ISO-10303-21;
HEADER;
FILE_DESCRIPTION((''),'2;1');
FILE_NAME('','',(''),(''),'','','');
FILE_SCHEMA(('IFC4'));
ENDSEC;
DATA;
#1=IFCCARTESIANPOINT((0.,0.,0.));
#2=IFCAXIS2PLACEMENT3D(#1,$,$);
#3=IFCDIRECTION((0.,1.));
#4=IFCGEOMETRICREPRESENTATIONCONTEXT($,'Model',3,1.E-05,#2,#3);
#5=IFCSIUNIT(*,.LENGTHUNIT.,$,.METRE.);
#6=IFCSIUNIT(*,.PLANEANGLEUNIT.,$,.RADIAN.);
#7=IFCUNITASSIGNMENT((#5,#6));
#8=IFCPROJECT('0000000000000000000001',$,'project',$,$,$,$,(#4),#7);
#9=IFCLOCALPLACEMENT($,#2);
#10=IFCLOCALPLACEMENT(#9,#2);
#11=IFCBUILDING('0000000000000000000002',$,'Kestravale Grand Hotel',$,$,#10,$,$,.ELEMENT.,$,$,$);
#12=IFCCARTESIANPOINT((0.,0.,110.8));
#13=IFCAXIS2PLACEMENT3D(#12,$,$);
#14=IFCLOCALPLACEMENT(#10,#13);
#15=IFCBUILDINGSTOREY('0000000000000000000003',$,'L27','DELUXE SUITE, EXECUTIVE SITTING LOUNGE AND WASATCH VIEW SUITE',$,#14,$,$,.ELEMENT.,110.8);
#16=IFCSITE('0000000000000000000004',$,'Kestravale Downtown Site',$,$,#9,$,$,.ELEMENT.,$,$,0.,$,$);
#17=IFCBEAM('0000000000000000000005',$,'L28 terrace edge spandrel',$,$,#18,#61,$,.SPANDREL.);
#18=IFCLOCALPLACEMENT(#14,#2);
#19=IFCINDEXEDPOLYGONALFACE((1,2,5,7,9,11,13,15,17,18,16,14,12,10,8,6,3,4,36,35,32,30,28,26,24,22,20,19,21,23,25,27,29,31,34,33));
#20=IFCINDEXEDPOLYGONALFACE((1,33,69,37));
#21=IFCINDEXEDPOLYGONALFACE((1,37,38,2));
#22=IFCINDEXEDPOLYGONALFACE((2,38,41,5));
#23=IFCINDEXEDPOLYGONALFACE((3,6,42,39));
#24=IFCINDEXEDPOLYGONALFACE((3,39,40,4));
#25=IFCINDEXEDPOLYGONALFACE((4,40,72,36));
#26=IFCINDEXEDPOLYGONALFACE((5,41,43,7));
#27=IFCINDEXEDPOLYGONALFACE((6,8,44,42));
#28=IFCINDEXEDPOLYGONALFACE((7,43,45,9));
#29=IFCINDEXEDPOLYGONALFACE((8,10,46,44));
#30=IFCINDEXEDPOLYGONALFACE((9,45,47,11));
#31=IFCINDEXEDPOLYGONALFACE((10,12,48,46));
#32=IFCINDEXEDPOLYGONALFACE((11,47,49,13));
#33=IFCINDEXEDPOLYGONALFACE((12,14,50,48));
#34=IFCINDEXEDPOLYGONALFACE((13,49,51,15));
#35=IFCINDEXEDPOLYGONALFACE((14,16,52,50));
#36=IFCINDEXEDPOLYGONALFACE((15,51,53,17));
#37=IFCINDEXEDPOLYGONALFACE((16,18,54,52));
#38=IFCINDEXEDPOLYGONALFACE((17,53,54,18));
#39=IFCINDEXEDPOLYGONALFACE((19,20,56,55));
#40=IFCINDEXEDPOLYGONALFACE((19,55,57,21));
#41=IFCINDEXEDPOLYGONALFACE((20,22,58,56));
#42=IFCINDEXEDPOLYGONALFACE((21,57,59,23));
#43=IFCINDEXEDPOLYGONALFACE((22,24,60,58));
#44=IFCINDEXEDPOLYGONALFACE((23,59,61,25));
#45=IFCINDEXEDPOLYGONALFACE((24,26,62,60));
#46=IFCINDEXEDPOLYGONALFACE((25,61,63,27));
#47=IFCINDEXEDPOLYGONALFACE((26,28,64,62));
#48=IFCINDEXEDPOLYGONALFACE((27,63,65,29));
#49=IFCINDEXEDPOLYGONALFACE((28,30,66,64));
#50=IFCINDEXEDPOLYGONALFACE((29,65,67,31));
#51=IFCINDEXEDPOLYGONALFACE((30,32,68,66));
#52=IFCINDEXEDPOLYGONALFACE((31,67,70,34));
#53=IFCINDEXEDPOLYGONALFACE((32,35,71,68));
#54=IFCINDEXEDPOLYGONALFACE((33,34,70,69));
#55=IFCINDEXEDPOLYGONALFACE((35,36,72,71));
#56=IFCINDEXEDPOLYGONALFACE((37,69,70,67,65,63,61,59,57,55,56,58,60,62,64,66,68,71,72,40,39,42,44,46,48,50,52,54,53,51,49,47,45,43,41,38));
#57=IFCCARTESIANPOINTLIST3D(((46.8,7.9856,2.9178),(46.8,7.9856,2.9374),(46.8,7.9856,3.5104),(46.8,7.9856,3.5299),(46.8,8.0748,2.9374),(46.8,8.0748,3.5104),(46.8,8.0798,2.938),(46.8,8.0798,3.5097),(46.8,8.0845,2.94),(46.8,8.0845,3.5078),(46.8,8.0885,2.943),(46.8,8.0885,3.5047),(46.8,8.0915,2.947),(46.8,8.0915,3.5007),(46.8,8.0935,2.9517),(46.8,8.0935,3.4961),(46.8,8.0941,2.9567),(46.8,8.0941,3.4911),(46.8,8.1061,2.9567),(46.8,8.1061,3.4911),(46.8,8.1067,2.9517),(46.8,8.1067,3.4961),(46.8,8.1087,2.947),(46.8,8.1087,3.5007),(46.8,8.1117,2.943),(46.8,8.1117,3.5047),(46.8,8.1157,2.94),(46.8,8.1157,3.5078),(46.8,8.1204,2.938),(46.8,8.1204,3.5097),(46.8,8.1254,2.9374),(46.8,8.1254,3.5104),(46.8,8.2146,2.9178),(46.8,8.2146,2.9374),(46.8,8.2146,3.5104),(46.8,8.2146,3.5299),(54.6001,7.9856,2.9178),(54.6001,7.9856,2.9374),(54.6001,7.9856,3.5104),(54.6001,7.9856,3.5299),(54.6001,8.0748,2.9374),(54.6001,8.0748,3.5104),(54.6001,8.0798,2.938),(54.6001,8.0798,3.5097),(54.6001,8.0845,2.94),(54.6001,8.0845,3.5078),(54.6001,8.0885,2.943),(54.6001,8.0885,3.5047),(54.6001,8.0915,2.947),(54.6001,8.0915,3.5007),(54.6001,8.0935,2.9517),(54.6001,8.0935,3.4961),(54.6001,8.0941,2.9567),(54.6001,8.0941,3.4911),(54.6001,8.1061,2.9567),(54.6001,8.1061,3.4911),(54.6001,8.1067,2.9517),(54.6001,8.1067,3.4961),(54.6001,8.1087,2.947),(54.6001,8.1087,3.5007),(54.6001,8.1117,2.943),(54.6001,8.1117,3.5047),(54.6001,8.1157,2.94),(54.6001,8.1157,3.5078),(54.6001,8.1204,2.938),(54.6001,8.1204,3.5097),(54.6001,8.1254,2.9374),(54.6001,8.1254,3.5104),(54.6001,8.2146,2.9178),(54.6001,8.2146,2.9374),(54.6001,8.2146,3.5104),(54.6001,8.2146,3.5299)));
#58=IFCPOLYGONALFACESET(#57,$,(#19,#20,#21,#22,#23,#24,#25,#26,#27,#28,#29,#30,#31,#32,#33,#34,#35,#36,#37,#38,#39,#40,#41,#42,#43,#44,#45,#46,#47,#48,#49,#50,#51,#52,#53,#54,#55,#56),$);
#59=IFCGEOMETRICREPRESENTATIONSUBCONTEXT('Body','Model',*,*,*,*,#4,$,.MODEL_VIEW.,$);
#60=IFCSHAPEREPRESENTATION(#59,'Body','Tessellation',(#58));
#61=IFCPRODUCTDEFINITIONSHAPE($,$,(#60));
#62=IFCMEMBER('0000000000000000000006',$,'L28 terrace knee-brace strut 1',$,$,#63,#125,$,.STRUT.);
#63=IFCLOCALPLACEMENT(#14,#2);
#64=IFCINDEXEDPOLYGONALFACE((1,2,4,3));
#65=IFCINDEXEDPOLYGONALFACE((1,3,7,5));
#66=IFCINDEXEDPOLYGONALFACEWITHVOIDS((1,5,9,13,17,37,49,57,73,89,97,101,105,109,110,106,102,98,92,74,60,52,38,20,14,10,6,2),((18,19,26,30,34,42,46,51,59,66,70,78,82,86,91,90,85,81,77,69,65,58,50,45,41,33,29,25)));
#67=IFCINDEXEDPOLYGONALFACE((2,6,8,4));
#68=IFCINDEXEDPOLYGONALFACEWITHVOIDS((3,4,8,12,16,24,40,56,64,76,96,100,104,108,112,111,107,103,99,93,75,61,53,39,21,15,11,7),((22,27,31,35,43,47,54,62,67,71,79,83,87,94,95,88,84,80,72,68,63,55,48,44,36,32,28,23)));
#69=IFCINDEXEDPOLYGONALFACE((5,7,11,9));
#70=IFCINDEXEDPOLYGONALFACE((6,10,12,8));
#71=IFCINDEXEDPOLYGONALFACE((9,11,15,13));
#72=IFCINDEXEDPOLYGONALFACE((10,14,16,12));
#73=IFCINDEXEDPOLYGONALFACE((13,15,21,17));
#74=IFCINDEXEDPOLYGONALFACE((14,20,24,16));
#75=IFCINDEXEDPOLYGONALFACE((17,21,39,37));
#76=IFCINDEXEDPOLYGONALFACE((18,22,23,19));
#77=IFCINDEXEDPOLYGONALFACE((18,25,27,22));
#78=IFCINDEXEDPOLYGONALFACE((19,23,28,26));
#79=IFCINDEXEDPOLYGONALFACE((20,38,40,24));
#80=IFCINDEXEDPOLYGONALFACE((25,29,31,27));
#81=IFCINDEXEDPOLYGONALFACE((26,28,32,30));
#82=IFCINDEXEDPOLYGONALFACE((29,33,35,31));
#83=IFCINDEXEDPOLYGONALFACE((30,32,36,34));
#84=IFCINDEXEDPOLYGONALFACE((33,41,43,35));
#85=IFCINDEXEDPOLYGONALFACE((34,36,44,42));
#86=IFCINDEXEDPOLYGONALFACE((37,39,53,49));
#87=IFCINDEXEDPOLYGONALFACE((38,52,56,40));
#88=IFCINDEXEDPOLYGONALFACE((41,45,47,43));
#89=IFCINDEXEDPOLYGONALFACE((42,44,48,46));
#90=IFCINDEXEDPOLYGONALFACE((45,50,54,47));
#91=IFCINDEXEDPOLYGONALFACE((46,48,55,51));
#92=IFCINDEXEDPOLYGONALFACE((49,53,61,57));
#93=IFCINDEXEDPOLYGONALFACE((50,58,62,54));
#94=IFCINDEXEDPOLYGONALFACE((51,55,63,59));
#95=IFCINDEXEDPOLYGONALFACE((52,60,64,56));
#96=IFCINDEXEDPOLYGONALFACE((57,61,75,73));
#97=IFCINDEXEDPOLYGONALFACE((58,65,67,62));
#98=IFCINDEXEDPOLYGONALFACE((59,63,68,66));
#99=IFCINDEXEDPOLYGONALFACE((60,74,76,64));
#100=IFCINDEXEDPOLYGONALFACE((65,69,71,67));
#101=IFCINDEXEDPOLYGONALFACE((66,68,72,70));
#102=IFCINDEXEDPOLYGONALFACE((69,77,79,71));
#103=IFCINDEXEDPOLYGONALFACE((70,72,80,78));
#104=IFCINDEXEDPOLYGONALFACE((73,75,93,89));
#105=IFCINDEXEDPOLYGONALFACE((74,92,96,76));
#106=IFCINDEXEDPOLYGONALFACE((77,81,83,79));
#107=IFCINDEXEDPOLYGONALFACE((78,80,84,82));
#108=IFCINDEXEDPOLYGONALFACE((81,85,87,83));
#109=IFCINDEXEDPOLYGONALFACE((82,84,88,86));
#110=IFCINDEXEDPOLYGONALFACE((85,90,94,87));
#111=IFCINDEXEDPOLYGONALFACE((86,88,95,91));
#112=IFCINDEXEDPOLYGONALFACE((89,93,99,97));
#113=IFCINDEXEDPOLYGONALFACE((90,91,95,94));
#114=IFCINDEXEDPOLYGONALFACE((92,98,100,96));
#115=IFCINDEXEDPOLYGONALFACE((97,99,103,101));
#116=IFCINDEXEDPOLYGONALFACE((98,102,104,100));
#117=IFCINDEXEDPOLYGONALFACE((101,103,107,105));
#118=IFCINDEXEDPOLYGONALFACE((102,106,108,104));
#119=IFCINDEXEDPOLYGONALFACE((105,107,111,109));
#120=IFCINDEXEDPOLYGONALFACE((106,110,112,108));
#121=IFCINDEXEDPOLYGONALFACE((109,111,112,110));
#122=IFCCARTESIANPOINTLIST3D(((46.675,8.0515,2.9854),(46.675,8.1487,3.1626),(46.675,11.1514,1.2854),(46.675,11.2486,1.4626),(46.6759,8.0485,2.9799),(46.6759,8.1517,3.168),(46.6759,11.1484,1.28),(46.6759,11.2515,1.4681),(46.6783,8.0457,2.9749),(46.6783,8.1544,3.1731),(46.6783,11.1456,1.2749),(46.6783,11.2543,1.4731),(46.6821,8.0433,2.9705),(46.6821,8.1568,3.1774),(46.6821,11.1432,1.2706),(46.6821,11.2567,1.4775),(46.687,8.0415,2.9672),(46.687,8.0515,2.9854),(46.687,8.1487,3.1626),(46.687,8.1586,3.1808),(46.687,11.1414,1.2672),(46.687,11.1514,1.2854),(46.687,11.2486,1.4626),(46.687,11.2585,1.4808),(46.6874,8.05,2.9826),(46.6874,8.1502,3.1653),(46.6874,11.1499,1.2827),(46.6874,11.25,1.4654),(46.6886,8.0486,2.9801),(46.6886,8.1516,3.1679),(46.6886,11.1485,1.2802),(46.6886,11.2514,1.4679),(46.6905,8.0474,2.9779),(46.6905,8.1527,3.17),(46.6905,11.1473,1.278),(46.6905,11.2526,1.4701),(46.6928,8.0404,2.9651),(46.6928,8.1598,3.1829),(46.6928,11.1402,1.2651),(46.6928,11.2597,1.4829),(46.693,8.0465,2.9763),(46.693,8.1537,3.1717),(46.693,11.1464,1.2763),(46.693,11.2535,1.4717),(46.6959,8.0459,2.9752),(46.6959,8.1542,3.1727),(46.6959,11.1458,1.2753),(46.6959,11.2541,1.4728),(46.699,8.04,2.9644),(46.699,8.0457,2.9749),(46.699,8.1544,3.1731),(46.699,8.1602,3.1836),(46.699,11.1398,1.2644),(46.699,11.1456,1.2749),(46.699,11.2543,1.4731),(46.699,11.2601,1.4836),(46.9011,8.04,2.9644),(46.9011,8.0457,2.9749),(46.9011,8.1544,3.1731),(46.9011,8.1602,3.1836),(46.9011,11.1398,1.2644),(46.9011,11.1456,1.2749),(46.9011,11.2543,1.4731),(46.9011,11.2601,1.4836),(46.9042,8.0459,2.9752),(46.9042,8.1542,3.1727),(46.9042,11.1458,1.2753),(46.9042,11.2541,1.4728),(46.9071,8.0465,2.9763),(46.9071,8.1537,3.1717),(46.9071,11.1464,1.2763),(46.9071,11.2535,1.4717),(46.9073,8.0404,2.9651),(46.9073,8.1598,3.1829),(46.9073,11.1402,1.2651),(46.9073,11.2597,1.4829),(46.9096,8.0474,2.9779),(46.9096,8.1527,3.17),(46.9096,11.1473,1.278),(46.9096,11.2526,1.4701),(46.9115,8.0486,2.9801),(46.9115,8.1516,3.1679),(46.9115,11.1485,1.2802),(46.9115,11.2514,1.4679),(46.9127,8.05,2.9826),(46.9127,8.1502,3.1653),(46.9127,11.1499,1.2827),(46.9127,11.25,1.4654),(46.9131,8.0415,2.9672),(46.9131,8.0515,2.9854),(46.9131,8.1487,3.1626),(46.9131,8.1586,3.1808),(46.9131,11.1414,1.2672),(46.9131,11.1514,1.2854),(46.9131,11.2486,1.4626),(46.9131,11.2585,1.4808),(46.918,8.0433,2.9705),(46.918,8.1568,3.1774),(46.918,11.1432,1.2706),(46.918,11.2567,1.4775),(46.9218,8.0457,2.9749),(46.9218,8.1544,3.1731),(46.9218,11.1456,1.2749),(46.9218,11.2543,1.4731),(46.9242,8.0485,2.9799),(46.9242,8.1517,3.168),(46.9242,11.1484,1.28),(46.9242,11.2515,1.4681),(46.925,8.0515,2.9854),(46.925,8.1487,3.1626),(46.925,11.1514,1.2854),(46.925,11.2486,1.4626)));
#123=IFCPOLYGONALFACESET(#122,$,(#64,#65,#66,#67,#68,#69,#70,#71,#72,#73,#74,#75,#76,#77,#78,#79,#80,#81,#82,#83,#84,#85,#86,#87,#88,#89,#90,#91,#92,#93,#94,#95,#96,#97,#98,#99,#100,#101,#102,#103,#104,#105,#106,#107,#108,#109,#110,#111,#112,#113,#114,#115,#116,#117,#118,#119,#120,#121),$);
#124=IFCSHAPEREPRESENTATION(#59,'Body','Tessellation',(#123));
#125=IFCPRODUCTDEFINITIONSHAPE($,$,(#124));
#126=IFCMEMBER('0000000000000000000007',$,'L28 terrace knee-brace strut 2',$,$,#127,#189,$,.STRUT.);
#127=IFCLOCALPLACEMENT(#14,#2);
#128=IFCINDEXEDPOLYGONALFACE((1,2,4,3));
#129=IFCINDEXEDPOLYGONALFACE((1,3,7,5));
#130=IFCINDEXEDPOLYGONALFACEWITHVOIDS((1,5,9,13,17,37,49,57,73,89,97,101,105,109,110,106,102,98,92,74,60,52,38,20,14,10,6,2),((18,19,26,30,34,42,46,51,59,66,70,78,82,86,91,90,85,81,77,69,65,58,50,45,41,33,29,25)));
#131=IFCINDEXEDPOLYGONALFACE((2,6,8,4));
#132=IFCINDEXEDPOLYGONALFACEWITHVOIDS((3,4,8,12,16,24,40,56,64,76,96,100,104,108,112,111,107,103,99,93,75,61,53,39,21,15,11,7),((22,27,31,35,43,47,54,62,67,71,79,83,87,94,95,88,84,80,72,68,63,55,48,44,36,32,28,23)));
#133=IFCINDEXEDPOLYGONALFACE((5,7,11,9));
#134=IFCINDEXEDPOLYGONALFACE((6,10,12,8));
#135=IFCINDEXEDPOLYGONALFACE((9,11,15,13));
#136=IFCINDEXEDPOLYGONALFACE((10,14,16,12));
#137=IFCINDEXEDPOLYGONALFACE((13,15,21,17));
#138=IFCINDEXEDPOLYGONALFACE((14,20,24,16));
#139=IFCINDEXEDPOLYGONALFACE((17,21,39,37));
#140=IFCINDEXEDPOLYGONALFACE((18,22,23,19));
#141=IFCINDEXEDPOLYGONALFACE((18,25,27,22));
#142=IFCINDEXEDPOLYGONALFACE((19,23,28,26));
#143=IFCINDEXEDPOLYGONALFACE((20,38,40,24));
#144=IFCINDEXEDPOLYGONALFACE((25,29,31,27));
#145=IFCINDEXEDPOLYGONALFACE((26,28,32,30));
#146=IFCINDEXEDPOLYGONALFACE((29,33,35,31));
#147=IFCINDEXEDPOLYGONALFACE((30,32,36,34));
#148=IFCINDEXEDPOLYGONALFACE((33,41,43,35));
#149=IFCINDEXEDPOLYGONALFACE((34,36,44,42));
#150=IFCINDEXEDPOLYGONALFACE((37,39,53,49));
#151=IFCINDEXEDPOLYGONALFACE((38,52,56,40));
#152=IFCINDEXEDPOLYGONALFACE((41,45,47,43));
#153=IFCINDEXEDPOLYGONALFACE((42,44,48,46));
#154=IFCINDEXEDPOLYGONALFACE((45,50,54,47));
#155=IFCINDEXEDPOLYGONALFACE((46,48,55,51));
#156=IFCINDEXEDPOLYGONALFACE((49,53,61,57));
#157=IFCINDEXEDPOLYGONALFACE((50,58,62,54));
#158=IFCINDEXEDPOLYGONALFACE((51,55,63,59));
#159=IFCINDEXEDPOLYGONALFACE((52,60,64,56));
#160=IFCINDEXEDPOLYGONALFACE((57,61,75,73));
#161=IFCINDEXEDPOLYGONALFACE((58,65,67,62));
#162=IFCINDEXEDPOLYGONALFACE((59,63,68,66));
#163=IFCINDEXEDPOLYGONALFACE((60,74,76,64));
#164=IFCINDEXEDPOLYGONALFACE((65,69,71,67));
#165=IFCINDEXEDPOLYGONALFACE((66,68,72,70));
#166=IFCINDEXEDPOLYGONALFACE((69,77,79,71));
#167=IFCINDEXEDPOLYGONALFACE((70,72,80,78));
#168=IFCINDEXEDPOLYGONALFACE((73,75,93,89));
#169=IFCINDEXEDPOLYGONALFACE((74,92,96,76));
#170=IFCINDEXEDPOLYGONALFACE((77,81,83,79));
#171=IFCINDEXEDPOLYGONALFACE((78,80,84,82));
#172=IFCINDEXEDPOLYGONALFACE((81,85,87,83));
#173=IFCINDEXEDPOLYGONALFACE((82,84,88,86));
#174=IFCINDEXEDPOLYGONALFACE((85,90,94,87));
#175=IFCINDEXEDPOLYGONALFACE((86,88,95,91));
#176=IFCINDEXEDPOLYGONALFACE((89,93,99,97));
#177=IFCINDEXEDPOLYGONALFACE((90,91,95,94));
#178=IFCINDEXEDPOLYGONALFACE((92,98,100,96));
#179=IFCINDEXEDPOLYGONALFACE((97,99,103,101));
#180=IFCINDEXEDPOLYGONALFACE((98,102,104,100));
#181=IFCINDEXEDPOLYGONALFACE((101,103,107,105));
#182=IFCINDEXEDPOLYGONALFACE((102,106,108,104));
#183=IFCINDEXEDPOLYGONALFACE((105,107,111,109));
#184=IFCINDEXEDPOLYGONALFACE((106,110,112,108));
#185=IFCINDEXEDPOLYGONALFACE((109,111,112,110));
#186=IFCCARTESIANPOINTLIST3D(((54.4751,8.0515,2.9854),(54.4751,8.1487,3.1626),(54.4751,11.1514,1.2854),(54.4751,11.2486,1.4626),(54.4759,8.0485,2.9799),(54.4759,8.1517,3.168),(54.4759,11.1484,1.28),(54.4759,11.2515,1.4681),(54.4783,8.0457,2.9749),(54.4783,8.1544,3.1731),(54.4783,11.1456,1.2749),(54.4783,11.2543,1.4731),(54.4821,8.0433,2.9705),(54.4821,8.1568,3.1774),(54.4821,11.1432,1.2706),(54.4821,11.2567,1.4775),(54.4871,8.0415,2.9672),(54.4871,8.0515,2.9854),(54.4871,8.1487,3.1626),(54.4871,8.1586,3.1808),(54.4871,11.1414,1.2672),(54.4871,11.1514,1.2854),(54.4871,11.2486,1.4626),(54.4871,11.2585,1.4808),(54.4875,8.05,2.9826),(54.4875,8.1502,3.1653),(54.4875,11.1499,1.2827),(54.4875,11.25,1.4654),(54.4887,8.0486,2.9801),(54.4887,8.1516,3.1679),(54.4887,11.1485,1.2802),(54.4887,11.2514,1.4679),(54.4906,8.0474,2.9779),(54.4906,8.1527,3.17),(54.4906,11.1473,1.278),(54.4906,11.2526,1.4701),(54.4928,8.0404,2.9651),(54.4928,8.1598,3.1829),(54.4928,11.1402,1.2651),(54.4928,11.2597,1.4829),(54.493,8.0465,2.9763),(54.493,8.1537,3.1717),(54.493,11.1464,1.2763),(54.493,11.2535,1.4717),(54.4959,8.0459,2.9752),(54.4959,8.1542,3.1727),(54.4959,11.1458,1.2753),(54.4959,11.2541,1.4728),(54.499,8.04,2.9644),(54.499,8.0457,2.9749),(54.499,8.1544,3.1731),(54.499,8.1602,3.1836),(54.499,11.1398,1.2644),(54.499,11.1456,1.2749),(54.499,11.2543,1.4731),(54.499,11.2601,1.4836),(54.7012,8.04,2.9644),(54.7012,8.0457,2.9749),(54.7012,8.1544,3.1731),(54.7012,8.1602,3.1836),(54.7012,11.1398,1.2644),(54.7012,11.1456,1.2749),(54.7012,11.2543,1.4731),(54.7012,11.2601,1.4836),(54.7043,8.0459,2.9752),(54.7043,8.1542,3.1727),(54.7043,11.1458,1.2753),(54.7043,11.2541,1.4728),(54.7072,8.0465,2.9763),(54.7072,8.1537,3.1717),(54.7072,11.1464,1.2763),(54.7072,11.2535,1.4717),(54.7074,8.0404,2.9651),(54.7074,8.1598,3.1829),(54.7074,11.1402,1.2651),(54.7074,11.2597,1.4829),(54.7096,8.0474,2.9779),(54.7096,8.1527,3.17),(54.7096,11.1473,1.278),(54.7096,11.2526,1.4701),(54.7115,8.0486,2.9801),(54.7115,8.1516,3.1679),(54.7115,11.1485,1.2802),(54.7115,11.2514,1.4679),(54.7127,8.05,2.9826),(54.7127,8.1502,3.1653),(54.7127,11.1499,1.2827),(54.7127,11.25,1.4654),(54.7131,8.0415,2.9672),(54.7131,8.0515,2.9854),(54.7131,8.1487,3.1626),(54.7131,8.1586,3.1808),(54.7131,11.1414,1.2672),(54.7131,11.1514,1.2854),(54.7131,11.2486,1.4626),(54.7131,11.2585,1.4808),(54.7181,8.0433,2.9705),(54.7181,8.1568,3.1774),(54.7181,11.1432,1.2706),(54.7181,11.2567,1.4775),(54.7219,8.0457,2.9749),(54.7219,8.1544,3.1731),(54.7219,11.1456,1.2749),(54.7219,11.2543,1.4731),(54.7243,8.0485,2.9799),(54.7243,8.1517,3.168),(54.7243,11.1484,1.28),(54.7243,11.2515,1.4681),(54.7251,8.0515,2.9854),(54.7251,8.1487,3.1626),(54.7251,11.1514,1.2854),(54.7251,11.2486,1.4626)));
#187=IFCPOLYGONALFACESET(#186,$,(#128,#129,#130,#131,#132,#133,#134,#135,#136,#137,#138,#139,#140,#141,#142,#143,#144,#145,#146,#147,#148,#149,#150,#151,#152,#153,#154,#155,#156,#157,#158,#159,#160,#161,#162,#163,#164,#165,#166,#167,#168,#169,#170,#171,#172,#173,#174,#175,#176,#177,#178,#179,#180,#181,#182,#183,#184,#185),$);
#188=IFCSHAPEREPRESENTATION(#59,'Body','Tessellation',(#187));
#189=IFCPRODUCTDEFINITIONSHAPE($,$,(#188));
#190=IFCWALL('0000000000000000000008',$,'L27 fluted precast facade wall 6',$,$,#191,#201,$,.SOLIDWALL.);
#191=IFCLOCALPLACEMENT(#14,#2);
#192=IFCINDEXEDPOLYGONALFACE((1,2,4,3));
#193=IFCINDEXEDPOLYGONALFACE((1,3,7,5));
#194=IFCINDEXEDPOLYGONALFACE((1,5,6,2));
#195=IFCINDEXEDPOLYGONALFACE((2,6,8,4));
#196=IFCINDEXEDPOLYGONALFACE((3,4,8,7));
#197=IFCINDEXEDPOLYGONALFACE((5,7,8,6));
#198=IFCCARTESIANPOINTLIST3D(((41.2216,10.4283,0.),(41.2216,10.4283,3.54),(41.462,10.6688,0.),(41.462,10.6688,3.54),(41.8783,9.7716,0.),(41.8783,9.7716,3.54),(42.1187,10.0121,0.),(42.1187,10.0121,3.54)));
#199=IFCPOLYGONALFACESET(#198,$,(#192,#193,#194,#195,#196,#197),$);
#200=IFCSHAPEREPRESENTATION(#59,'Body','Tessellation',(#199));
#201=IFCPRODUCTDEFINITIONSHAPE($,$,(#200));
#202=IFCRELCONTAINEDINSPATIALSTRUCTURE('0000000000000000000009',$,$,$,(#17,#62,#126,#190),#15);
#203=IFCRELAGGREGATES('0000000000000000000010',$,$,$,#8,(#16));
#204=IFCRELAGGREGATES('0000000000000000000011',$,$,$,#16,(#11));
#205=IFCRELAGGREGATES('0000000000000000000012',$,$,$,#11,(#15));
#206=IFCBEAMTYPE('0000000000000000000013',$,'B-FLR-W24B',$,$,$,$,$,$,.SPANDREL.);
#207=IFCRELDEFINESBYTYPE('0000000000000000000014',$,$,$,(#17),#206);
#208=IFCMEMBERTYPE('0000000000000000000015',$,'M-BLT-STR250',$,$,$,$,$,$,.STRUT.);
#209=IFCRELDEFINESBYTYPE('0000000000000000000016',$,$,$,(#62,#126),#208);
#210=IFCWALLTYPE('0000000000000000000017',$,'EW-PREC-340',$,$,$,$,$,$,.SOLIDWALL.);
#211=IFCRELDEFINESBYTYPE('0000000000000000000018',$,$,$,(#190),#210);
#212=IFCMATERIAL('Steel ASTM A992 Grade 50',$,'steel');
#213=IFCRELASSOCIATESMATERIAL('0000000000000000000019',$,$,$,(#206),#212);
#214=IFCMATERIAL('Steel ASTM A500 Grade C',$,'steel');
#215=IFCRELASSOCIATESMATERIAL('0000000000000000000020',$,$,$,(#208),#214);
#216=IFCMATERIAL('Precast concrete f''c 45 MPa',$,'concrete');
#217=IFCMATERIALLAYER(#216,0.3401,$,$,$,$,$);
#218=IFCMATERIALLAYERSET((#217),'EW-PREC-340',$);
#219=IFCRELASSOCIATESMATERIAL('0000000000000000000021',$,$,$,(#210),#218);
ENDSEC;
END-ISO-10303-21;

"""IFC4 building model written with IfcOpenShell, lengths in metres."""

from ifc_helpers import new_model, si_unit, direction, frame, frame_2d, origin, origin_2d, place, context, subcontext, project, spatial, rectangle, hollow_rectangle, i_section, extrude, material, layer, layer_set, material_profile, profile_set, type_object, element, save


model = new_model("IFC4")

# Units and contexts
model_context = context("Model", 3, precision=1e-05, world=origin(), true_north=direction((0.0, 1.0)))
body_context = subcontext(model_context, "Body", "Model", "MODEL_VIEW")
ifc_project = project(units=[si_unit("LENGTHUNIT", "METRE"), si_unit("PLANEANGLEUNIT", "RADIAN")], contexts=[model_context])

# Site, building, storey
site_placement = place(None, origin())
site = spatial("IfcSite", under=ifc_project, at=site_placement, Name="Kestravale Downtown Site", CompositionType="ELEMENT", RefElevation=0.0)
building_placement = place(site_placement, origin())
building = spatial("IfcBuilding", under=site, at=building_placement, Name="Kestravale Grand Hotel", CompositionType="ELEMENT")
storey_placement = place(building_placement, frame((0.0, 0.0, 110.8)))
storey = spatial("IfcBuildingStorey", under=building, at=storey_placement, Name="L27", Description="DELUXE SUITE, EXECUTIVE SITTING LOUNGE AND WASATCH VIEW SUITE", CompositionType="ELEMENT", Elevation=110.8)

# Beam
ifc_material_1 = material(Name="Steel ASTM A992 Grade 50", Category="steel")
ifc_material_profile_1 = material_profile(ifc_material_1, i_section(OverallWidth=0.229, OverallDepth=0.6121, WebThickness=0.012, FlangeThickness=0.0195, FilletRadius=0.0193, at=origin_2d()))
ifc_profile_set_1 = profile_set([ifc_material_profile_1], Name="Steel ASTM A992 Grade 50")
beam_type_1 = type_object("IfcBeamType", Name="B-FLR-W24B", PredefinedType="SPANDREL", material=ifc_profile_set_1)
beam_1_placement = place(storey_placement, frame((46.8, 8.1001, 3.2239), z_axis=(1.0, 0.0, 0.0), x_axis=(0.0, 1.0, 0.0)))
element("IfcBeam", 1, at=beam_1_placement, inside=storey, type_object=beam_type_1, Name="L28 terrace edge spandrel", PredefinedType="SPANDREL", context=body_context, shape_type="SweptSolid", body=[
    extrude(i_section(OverallWidth=0.229, OverallDepth=0.6121, WebThickness=0.012, FlangeThickness=0.0195, FilletRadius=0.0193, at=origin_2d()), origin(), (0.0, 0.0, 1.0), 7.8),
])

# Members
ifc_material_2 = material(Name="Steel ASTM A500 Grade C", Category="steel")
ifc_material_profile_2 = material_profile(ifc_material_2, hollow_rectangle(XDim=0.25, YDim=0.25, WallThickness=0.012, InnerFilletRadius=0.012, OuterFilletRadius=0.0239, at=origin_2d()))
ifc_profile_set_2 = profile_set([ifc_material_profile_2], Name="Steel ASTM A500 Grade C")
member_type = type_object("IfcMemberType", Name="M-BLT-STR250", PredefinedType="STRUT", material=ifc_profile_set_2)
for number, where, z_axis, x_axis, name in (
    (2, (46.8, 11.2, 1.374), (0.0, -0.876809, 0.480839), (1.0, 0.0, 0.0), "L28 terrace knee-brace strut 1"),
    (3, (54.6001, 11.2, 1.374), (0.0, -0.876809, 0.480839), (1.0, 0.0, 0.0), "L28 terrace knee-brace strut 2"),
):
    element("IfcMember", number, at=place(storey_placement, frame(where, z_axis=z_axis, x_axis=x_axis)), inside=storey, type_object=member_type, Name=name, PredefinedType="STRUT", context=body_context, shape_type="SweptSolid", body=[
        extrude(hollow_rectangle(XDim=0.25, YDim=0.25, WallThickness=0.012, InnerFilletRadius=0.012, OuterFilletRadius=0.0239, at=origin_2d()), origin(), (0.0, 0.0, 1.0), 3.5354),
    ])

# Wall
ifc_material_3 = material(Name="Precast concrete f'c 45 MPa", Category="concrete")
ifc_layer_1 = layer(ifc_material_3, 0.3401)
ifc_layer_set_1 = layer_set([ifc_layer_1], Name="EW-PREC-340")
wall_type_1 = type_object("IfcWallType", Name="EW-PREC-340", PredefinedType="SOLIDWALL", material=ifc_layer_set_1)
wall_1_placement = place(storey_placement, frame((41.3418, 10.5486, 0.0), z_axis=(0.0, 0.0, 1.0), x_axis=(0.707107, -0.707107, 0.0)))
element("IfcWall", 4, at=wall_1_placement, inside=storey, type_object=wall_type_1, Name="L27 fluted precast facade wall 6", PredefinedType="SOLIDWALL", context=body_context, shape_type="SweptSolid", body=[
    extrude(rectangle(XDim=0.9287, YDim=0.3401, at=frame_2d((0.4644, 0.0))), origin(), (0.0, 0.0, 1.0), 3.54),
])

save(model, "model.ifc")
